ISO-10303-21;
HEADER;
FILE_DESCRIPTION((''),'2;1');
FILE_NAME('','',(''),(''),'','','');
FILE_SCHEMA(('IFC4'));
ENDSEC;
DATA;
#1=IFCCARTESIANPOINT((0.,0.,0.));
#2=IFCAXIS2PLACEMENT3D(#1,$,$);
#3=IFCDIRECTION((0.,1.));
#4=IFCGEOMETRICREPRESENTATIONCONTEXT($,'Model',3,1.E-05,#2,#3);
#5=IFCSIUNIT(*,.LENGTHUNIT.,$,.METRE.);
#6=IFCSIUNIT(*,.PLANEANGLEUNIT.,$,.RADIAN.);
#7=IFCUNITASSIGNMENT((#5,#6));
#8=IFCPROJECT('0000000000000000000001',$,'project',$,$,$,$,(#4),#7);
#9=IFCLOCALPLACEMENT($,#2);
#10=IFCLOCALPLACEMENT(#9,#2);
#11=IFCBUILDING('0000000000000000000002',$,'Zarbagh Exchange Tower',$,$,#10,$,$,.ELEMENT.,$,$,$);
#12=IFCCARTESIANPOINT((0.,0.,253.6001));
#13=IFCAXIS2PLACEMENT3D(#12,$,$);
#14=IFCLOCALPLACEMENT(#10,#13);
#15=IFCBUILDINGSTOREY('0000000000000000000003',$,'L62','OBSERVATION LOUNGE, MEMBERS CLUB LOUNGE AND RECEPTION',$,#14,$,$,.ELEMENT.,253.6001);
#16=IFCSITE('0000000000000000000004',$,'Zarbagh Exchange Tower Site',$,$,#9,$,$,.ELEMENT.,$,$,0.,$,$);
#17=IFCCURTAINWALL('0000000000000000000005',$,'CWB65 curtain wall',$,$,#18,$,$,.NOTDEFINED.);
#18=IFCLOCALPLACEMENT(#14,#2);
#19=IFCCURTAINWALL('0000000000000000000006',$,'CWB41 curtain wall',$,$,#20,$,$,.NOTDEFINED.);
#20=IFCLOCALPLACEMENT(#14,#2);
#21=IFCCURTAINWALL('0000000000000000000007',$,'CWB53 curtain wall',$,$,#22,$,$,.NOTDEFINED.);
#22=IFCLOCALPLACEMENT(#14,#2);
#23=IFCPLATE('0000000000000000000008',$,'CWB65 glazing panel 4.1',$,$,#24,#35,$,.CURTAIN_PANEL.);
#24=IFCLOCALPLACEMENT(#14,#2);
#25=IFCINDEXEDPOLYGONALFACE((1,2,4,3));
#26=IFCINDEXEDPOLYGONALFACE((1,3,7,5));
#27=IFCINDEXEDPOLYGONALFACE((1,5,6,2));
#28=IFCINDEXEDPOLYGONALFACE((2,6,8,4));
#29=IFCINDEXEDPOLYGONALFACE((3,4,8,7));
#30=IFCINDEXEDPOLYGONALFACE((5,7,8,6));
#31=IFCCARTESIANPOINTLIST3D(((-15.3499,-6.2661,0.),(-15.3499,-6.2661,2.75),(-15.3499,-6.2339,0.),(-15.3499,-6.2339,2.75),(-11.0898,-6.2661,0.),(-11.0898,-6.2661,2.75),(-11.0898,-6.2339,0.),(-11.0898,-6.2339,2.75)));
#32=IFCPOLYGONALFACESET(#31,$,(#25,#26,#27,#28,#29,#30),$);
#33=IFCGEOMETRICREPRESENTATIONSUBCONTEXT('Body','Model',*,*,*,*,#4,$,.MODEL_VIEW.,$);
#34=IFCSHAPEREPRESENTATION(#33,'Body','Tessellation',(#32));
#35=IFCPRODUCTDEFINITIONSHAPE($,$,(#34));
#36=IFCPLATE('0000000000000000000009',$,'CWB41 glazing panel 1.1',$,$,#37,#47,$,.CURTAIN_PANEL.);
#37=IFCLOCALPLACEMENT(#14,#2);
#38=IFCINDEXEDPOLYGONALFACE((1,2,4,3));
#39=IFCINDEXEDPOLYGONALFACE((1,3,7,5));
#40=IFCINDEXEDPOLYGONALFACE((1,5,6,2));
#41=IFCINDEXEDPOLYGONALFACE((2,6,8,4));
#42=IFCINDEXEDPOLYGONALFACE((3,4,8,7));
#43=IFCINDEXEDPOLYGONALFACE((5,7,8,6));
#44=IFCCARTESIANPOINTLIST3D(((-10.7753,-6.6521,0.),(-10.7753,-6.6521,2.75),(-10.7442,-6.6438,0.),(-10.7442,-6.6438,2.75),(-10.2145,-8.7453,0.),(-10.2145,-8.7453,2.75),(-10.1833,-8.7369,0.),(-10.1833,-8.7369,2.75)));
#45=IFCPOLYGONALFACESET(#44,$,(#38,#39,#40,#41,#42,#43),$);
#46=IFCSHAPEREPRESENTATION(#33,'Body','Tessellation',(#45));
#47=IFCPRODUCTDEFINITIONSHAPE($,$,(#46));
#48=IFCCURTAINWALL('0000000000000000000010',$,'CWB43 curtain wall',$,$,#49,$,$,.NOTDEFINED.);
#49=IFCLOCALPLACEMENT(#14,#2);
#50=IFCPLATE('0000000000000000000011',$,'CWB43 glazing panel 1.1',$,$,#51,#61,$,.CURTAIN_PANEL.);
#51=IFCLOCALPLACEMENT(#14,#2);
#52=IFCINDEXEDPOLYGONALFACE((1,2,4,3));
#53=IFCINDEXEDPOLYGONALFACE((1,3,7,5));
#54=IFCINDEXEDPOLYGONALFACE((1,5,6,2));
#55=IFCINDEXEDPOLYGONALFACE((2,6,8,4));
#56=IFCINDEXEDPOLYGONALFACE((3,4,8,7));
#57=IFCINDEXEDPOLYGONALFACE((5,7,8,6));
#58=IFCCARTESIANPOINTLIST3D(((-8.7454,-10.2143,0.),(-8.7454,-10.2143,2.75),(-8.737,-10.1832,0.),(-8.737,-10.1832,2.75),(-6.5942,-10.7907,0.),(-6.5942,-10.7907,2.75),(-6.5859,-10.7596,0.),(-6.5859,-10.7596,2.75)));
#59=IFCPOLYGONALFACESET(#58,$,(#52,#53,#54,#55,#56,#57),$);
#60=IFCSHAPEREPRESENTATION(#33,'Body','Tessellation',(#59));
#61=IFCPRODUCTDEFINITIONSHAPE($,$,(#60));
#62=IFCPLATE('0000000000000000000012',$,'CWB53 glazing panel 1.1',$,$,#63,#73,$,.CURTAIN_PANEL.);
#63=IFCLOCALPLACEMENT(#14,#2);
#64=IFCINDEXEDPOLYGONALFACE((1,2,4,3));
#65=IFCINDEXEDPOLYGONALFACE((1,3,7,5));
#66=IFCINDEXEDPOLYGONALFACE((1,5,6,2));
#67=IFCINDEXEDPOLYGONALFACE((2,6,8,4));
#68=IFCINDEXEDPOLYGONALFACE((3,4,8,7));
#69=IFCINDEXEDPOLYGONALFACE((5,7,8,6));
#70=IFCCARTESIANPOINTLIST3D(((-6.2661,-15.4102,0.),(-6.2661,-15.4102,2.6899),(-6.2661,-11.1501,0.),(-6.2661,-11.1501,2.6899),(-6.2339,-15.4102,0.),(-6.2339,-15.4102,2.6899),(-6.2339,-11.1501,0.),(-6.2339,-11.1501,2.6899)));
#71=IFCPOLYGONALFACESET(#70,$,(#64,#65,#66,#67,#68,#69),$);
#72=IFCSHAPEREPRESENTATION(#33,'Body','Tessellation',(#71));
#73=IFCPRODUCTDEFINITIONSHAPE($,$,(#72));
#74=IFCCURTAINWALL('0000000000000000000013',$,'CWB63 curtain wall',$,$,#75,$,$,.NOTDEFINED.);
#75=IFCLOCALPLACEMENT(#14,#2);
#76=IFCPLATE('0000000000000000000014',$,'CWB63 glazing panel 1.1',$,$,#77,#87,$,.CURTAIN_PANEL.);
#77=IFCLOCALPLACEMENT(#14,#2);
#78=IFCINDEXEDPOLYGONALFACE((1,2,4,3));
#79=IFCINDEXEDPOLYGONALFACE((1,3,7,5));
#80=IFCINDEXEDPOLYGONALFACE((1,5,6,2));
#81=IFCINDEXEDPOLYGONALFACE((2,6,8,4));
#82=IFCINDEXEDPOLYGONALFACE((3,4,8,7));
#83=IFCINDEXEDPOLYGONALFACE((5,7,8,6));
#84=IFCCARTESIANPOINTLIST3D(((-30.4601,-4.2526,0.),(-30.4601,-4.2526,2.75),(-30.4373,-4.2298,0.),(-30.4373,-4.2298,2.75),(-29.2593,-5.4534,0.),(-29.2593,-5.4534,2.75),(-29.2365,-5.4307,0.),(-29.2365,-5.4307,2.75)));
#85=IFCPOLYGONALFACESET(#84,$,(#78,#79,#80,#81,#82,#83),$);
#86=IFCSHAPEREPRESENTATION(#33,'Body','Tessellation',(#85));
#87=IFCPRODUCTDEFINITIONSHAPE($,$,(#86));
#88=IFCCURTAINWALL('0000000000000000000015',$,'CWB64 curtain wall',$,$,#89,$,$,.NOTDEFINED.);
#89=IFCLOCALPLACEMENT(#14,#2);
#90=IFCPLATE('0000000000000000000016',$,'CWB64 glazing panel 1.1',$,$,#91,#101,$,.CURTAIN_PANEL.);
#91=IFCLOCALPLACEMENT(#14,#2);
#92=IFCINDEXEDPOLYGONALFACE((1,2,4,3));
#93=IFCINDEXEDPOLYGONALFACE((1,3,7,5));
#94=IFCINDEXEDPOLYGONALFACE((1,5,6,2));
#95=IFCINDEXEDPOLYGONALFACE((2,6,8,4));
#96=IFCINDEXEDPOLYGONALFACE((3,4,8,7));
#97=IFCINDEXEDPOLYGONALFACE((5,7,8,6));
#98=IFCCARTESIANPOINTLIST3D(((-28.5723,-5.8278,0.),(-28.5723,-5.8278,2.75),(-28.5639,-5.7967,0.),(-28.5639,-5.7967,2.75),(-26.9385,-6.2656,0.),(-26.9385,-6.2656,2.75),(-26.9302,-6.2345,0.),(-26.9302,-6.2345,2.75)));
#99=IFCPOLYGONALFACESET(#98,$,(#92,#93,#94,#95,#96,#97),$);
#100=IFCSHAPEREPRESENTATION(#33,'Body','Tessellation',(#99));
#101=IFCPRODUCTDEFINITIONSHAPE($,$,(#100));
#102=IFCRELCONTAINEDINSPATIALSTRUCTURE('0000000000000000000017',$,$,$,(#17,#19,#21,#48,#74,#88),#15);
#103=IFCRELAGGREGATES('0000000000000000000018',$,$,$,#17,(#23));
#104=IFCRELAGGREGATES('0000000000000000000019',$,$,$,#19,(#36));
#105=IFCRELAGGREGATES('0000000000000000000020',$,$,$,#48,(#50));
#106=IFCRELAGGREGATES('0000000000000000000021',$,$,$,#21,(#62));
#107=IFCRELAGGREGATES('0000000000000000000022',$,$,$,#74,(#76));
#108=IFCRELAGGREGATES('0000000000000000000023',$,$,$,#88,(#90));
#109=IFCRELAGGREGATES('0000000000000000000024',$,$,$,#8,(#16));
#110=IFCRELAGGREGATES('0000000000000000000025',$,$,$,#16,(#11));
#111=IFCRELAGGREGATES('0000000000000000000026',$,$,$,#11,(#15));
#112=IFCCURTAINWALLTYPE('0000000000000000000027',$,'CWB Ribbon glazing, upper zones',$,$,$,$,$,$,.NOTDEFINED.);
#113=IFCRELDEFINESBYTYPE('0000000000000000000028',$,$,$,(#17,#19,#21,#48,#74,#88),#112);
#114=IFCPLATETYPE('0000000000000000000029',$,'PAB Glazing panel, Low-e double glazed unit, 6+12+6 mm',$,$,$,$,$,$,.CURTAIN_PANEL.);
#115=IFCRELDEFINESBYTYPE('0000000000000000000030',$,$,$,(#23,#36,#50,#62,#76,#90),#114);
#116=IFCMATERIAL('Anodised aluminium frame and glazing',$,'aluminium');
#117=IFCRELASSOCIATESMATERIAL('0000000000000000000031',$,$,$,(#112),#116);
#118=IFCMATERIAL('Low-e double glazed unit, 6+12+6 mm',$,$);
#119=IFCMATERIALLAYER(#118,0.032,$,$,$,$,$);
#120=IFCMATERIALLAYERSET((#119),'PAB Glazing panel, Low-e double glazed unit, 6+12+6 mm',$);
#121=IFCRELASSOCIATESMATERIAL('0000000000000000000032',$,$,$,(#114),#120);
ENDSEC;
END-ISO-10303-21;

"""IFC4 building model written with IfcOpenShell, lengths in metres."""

from ifc_helpers import new_model, si_unit, direction, frame, origin, place, context, subcontext, project, spatial, polyline, outline, extrude, source, transform, mapped, material, layer, layer_set, type_object, element, aggregate, save


model = new_model("IFC4")

# Units and contexts
model_context = context("Model", 3, precision=1e-05, world=origin(), true_north=direction((0.0, 1.0)))
body_context = subcontext(model_context, "Body", "Model", "MODEL_VIEW")
ifc_project = project(units=[si_unit("LENGTHUNIT", "METRE"), si_unit("PLANEANGLEUNIT", "RADIAN")], contexts=[model_context])

# Site, building, storey
site_placement = place(None, origin())
site = spatial("IfcSite", under=ifc_project, at=site_placement, Name="Zarbagh Exchange Tower Site", CompositionType="ELEMENT", RefElevation=0.0)
building_placement = place(site_placement, origin())
building = spatial("IfcBuilding", under=site, at=building_placement, Name="Zarbagh Exchange Tower", CompositionType="ELEMENT")
storey_placement = place(building_placement, frame((0.0, 0.0, 253.6001)))
storey = spatial("IfcBuildingStorey", under=building, at=storey_placement, Name="L62", Description="OBSERVATION LOUNGE, MEMBERS CLUB LOUNGE AND RECEPTION", CompositionType="ELEMENT", Elevation=253.6001)

# Shared definitions
ifc_material_1 = material(Name="Anodised aluminium frame and glazing", Category="aluminium")
curtain_wall_type = type_object("IfcCurtainWallType", Name="CWB Ribbon glazing, upper zones", PredefinedType="NOTDEFINED", material=ifc_material_1)
placement = place(storey_placement, origin())

# Curtain wall
curtain_wall_1_placement = place(storey_placement, origin())
curtain_wall_1 = element("IfcCurtainWall", 1, at=curtain_wall_1_placement, inside=storey, type_object=curtain_wall_type, Name="CWB65 curtain wall", PredefinedType="NOTDEFINED")

# Curtain wall
curtain_wall_2_placement = place(storey_placement, origin())
curtain_wall_2 = element("IfcCurtainWall", 2, at=curtain_wall_2_placement, inside=storey, type_object=curtain_wall_type, Name="CWB41 curtain wall", PredefinedType="NOTDEFINED")

# Curtain wall
curtain_wall_3_placement = place(storey_placement, origin())
curtain_wall_3 = element("IfcCurtainWall", 3, at=curtain_wall_3_placement, inside=storey, type_object=curtain_wall_type, Name="CWB53 curtain wall", PredefinedType="NOTDEFINED")

# Shared definitions
ifc_material_2 = material(Name="Low-e double glazed unit, 6+12+6 mm")
ifc_layer = layer(ifc_material_2, 0.032)
ifc_layer_set = layer_set([ifc_layer], Name="PAB Glazing panel, Low-e double glazed unit, 6+12+6 mm")
plate_type = type_object("IfcPlateType", Name="PAB Glazing panel, Low-e double glazed unit, 6+12+6 mm", PredefinedType="CURTAIN_PANEL", material=ifc_layer_set)

# Plates
shared_shape_1 = source(origin(), body_context, "Body", "SweptSolid", [
    extrude(outline(polyline([(0.0, -0.0161), (4.26, -0.0161), (4.26, 0.0161), (0.0, 0.0161), (0.0, -0.0161)])), origin(), (0.0, 0.0, 1.0), 2.75),
])
plate_1 = element("IfcPlate", 4, at=placement, type_object=plate_type, Name="CWB65 glazing panel 4.1", PredefinedType="CURTAIN_PANEL", context=body_context, shape_type="MappedRepresentation", body=[
    mapped(shared_shape_1, transform((-15.3499, -6.25, 0.0), x_axis=(1.0, 0.0, 0.0), y_axis=(0.0, 1.0, 0.0), z_axis=(0.0, 0.0, 1.0))),
])
aggregate(curtain_wall_1, [plate_1])
shared_shape_2 = source(origin(), body_context, "Body", "SweptSolid", [
    extrude(outline(polyline([(0.0, -0.0161), (2.167, -0.0161), (2.167, 0.0161), (0.0, 0.0161), (0.0, -0.0161)])), origin(), (0.0, 0.0, 1.0), 2.75),
])
plate_2 = element("IfcPlate", 5, at=placement, type_object=plate_type, Name="CWB41 glazing panel 1.1", PredefinedType="CURTAIN_PANEL", context=body_context, shape_type="MappedRepresentation", body=[
    mapped(shared_shape_2, transform((-10.7598, -6.6479, 0.0), x_axis=(0.258825, -0.965924, 0.0), y_axis=(0.965924, 0.258825, 0.0), z_axis=(0.0, 0.0, 1.0))),
])
aggregate(curtain_wall_2, [plate_2])

# Curtain wall, plate
curtain_wall_4_placement = place(storey_placement, origin())
curtain_wall_4 = element("IfcCurtainWall", 6, at=curtain_wall_4_placement, inside=storey, type_object=curtain_wall_type, Name="CWB43 curtain wall", PredefinedType="NOTDEFINED")
shared_shape_3 = source(origin(), body_context, "Body", "SweptSolid", [
    extrude(outline(polyline([(0.0, -0.0161), (2.2271, -0.0161), (2.2271, 0.0161), (0.0, 0.0161), (0.0, -0.0161)])), origin(), (0.0, 0.0, 1.0), 2.75),
])
plate_3 = element("IfcPlate", 7, at=placement, type_object=plate_type, Name="CWB43 glazing panel 1.1", PredefinedType="CURTAIN_PANEL", context=body_context, shape_type="MappedRepresentation", body=[
    mapped(shared_shape_3, transform((-8.7412, -10.1987, 0.0), x_axis=(0.965924, -0.258825, 0.0), y_axis=(0.258825, 0.965924, 0.0), z_axis=(0.0, 0.0, 1.0))),
])
aggregate(curtain_wall_4, [plate_3])

# Plate
shared_shape_4 = source(origin(), body_context, "Body", "SweptSolid", [
    extrude(outline(polyline([(0.0, -0.0161), (4.26, -0.0161), (4.26, 0.0161), (0.0, 0.0161), (0.0, -0.0161)])), origin(), (0.0, 0.0, 1.0), 2.6899),
])
plate_4 = element("IfcPlate", 8, at=placement, type_object=plate_type, Name="CWB53 glazing panel 1.1", PredefinedType="CURTAIN_PANEL", context=body_context, shape_type="MappedRepresentation", body=[
    mapped(shared_shape_4, transform((-6.25, -11.1501, 0.0), x_axis=(0.0, -1.0, 0.0), y_axis=(1.0, 0.0, 0.0), z_axis=(0.0, 0.0, 1.0))),
])
aggregate(curtain_wall_3, [plate_4])

# Curtain walls, plates
curtain_wall_5_placement = place(storey_placement, origin())
curtain_wall_5 = element("IfcCurtainWall", 9, at=curtain_wall_5_placement, inside=storey, type_object=curtain_wall_type, Name="CWB63 curtain wall", PredefinedType="NOTDEFINED")
shared_shape_5 = source(origin(), body_context, "Body", "SweptSolid", [
    extrude(outline(polyline([(0.0, -0.0161), (1.6982, -0.0161), (1.6982, 0.0161), (0.0, 0.0161), (0.0, -0.0161)])), origin(), (0.0, 0.0, 1.0), 2.75),
])
plate_5 = element("IfcPlate", 10, at=placement, type_object=plate_type, Name="CWB63 glazing panel 1.1", PredefinedType="CURTAIN_PANEL", context=body_context, shape_type="MappedRepresentation", body=[
    mapped(shared_shape_5, transform((-30.4487, -4.2412, 0.0), x_axis=(0.707107, -0.707107, 0.0), y_axis=(0.707107, 0.707107, 0.0), z_axis=(0.0, 0.0, 1.0))),
])
aggregate(curtain_wall_5, [plate_5])
curtain_wall_6_placement = place(storey_placement, origin())
curtain_wall_6 = element("IfcCurtainWall", 11, at=curtain_wall_6_placement, inside=storey, type_object=curtain_wall_type, Name="CWB64 curtain wall", PredefinedType="NOTDEFINED")
shared_shape_6 = source(origin(), body_context, "Body", "SweptSolid", [
    extrude(outline(polyline([(0.0, -0.0161), (1.6914, -0.0161), (1.6914, 0.0161), (0.0, 0.0161), (0.0, -0.0161)])), origin(), (0.0, 0.0, 1.0), 2.75),
])
plate_6 = element("IfcPlate", 12, at=placement, type_object=plate_type, Name="CWB64 glazing panel 1.1", PredefinedType="CURTAIN_PANEL", context=body_context, shape_type="MappedRepresentation", body=[
    mapped(shared_shape_6, transform((-28.5681, -5.8123, 0.0), x_axis=(0.965924, -0.258825, 0.0), y_axis=(0.258825, 0.965924, 0.0), z_axis=(0.0, 0.0, 1.0))),
])
aggregate(curtain_wall_6, [plate_6])

save(model, "model.ifc")
